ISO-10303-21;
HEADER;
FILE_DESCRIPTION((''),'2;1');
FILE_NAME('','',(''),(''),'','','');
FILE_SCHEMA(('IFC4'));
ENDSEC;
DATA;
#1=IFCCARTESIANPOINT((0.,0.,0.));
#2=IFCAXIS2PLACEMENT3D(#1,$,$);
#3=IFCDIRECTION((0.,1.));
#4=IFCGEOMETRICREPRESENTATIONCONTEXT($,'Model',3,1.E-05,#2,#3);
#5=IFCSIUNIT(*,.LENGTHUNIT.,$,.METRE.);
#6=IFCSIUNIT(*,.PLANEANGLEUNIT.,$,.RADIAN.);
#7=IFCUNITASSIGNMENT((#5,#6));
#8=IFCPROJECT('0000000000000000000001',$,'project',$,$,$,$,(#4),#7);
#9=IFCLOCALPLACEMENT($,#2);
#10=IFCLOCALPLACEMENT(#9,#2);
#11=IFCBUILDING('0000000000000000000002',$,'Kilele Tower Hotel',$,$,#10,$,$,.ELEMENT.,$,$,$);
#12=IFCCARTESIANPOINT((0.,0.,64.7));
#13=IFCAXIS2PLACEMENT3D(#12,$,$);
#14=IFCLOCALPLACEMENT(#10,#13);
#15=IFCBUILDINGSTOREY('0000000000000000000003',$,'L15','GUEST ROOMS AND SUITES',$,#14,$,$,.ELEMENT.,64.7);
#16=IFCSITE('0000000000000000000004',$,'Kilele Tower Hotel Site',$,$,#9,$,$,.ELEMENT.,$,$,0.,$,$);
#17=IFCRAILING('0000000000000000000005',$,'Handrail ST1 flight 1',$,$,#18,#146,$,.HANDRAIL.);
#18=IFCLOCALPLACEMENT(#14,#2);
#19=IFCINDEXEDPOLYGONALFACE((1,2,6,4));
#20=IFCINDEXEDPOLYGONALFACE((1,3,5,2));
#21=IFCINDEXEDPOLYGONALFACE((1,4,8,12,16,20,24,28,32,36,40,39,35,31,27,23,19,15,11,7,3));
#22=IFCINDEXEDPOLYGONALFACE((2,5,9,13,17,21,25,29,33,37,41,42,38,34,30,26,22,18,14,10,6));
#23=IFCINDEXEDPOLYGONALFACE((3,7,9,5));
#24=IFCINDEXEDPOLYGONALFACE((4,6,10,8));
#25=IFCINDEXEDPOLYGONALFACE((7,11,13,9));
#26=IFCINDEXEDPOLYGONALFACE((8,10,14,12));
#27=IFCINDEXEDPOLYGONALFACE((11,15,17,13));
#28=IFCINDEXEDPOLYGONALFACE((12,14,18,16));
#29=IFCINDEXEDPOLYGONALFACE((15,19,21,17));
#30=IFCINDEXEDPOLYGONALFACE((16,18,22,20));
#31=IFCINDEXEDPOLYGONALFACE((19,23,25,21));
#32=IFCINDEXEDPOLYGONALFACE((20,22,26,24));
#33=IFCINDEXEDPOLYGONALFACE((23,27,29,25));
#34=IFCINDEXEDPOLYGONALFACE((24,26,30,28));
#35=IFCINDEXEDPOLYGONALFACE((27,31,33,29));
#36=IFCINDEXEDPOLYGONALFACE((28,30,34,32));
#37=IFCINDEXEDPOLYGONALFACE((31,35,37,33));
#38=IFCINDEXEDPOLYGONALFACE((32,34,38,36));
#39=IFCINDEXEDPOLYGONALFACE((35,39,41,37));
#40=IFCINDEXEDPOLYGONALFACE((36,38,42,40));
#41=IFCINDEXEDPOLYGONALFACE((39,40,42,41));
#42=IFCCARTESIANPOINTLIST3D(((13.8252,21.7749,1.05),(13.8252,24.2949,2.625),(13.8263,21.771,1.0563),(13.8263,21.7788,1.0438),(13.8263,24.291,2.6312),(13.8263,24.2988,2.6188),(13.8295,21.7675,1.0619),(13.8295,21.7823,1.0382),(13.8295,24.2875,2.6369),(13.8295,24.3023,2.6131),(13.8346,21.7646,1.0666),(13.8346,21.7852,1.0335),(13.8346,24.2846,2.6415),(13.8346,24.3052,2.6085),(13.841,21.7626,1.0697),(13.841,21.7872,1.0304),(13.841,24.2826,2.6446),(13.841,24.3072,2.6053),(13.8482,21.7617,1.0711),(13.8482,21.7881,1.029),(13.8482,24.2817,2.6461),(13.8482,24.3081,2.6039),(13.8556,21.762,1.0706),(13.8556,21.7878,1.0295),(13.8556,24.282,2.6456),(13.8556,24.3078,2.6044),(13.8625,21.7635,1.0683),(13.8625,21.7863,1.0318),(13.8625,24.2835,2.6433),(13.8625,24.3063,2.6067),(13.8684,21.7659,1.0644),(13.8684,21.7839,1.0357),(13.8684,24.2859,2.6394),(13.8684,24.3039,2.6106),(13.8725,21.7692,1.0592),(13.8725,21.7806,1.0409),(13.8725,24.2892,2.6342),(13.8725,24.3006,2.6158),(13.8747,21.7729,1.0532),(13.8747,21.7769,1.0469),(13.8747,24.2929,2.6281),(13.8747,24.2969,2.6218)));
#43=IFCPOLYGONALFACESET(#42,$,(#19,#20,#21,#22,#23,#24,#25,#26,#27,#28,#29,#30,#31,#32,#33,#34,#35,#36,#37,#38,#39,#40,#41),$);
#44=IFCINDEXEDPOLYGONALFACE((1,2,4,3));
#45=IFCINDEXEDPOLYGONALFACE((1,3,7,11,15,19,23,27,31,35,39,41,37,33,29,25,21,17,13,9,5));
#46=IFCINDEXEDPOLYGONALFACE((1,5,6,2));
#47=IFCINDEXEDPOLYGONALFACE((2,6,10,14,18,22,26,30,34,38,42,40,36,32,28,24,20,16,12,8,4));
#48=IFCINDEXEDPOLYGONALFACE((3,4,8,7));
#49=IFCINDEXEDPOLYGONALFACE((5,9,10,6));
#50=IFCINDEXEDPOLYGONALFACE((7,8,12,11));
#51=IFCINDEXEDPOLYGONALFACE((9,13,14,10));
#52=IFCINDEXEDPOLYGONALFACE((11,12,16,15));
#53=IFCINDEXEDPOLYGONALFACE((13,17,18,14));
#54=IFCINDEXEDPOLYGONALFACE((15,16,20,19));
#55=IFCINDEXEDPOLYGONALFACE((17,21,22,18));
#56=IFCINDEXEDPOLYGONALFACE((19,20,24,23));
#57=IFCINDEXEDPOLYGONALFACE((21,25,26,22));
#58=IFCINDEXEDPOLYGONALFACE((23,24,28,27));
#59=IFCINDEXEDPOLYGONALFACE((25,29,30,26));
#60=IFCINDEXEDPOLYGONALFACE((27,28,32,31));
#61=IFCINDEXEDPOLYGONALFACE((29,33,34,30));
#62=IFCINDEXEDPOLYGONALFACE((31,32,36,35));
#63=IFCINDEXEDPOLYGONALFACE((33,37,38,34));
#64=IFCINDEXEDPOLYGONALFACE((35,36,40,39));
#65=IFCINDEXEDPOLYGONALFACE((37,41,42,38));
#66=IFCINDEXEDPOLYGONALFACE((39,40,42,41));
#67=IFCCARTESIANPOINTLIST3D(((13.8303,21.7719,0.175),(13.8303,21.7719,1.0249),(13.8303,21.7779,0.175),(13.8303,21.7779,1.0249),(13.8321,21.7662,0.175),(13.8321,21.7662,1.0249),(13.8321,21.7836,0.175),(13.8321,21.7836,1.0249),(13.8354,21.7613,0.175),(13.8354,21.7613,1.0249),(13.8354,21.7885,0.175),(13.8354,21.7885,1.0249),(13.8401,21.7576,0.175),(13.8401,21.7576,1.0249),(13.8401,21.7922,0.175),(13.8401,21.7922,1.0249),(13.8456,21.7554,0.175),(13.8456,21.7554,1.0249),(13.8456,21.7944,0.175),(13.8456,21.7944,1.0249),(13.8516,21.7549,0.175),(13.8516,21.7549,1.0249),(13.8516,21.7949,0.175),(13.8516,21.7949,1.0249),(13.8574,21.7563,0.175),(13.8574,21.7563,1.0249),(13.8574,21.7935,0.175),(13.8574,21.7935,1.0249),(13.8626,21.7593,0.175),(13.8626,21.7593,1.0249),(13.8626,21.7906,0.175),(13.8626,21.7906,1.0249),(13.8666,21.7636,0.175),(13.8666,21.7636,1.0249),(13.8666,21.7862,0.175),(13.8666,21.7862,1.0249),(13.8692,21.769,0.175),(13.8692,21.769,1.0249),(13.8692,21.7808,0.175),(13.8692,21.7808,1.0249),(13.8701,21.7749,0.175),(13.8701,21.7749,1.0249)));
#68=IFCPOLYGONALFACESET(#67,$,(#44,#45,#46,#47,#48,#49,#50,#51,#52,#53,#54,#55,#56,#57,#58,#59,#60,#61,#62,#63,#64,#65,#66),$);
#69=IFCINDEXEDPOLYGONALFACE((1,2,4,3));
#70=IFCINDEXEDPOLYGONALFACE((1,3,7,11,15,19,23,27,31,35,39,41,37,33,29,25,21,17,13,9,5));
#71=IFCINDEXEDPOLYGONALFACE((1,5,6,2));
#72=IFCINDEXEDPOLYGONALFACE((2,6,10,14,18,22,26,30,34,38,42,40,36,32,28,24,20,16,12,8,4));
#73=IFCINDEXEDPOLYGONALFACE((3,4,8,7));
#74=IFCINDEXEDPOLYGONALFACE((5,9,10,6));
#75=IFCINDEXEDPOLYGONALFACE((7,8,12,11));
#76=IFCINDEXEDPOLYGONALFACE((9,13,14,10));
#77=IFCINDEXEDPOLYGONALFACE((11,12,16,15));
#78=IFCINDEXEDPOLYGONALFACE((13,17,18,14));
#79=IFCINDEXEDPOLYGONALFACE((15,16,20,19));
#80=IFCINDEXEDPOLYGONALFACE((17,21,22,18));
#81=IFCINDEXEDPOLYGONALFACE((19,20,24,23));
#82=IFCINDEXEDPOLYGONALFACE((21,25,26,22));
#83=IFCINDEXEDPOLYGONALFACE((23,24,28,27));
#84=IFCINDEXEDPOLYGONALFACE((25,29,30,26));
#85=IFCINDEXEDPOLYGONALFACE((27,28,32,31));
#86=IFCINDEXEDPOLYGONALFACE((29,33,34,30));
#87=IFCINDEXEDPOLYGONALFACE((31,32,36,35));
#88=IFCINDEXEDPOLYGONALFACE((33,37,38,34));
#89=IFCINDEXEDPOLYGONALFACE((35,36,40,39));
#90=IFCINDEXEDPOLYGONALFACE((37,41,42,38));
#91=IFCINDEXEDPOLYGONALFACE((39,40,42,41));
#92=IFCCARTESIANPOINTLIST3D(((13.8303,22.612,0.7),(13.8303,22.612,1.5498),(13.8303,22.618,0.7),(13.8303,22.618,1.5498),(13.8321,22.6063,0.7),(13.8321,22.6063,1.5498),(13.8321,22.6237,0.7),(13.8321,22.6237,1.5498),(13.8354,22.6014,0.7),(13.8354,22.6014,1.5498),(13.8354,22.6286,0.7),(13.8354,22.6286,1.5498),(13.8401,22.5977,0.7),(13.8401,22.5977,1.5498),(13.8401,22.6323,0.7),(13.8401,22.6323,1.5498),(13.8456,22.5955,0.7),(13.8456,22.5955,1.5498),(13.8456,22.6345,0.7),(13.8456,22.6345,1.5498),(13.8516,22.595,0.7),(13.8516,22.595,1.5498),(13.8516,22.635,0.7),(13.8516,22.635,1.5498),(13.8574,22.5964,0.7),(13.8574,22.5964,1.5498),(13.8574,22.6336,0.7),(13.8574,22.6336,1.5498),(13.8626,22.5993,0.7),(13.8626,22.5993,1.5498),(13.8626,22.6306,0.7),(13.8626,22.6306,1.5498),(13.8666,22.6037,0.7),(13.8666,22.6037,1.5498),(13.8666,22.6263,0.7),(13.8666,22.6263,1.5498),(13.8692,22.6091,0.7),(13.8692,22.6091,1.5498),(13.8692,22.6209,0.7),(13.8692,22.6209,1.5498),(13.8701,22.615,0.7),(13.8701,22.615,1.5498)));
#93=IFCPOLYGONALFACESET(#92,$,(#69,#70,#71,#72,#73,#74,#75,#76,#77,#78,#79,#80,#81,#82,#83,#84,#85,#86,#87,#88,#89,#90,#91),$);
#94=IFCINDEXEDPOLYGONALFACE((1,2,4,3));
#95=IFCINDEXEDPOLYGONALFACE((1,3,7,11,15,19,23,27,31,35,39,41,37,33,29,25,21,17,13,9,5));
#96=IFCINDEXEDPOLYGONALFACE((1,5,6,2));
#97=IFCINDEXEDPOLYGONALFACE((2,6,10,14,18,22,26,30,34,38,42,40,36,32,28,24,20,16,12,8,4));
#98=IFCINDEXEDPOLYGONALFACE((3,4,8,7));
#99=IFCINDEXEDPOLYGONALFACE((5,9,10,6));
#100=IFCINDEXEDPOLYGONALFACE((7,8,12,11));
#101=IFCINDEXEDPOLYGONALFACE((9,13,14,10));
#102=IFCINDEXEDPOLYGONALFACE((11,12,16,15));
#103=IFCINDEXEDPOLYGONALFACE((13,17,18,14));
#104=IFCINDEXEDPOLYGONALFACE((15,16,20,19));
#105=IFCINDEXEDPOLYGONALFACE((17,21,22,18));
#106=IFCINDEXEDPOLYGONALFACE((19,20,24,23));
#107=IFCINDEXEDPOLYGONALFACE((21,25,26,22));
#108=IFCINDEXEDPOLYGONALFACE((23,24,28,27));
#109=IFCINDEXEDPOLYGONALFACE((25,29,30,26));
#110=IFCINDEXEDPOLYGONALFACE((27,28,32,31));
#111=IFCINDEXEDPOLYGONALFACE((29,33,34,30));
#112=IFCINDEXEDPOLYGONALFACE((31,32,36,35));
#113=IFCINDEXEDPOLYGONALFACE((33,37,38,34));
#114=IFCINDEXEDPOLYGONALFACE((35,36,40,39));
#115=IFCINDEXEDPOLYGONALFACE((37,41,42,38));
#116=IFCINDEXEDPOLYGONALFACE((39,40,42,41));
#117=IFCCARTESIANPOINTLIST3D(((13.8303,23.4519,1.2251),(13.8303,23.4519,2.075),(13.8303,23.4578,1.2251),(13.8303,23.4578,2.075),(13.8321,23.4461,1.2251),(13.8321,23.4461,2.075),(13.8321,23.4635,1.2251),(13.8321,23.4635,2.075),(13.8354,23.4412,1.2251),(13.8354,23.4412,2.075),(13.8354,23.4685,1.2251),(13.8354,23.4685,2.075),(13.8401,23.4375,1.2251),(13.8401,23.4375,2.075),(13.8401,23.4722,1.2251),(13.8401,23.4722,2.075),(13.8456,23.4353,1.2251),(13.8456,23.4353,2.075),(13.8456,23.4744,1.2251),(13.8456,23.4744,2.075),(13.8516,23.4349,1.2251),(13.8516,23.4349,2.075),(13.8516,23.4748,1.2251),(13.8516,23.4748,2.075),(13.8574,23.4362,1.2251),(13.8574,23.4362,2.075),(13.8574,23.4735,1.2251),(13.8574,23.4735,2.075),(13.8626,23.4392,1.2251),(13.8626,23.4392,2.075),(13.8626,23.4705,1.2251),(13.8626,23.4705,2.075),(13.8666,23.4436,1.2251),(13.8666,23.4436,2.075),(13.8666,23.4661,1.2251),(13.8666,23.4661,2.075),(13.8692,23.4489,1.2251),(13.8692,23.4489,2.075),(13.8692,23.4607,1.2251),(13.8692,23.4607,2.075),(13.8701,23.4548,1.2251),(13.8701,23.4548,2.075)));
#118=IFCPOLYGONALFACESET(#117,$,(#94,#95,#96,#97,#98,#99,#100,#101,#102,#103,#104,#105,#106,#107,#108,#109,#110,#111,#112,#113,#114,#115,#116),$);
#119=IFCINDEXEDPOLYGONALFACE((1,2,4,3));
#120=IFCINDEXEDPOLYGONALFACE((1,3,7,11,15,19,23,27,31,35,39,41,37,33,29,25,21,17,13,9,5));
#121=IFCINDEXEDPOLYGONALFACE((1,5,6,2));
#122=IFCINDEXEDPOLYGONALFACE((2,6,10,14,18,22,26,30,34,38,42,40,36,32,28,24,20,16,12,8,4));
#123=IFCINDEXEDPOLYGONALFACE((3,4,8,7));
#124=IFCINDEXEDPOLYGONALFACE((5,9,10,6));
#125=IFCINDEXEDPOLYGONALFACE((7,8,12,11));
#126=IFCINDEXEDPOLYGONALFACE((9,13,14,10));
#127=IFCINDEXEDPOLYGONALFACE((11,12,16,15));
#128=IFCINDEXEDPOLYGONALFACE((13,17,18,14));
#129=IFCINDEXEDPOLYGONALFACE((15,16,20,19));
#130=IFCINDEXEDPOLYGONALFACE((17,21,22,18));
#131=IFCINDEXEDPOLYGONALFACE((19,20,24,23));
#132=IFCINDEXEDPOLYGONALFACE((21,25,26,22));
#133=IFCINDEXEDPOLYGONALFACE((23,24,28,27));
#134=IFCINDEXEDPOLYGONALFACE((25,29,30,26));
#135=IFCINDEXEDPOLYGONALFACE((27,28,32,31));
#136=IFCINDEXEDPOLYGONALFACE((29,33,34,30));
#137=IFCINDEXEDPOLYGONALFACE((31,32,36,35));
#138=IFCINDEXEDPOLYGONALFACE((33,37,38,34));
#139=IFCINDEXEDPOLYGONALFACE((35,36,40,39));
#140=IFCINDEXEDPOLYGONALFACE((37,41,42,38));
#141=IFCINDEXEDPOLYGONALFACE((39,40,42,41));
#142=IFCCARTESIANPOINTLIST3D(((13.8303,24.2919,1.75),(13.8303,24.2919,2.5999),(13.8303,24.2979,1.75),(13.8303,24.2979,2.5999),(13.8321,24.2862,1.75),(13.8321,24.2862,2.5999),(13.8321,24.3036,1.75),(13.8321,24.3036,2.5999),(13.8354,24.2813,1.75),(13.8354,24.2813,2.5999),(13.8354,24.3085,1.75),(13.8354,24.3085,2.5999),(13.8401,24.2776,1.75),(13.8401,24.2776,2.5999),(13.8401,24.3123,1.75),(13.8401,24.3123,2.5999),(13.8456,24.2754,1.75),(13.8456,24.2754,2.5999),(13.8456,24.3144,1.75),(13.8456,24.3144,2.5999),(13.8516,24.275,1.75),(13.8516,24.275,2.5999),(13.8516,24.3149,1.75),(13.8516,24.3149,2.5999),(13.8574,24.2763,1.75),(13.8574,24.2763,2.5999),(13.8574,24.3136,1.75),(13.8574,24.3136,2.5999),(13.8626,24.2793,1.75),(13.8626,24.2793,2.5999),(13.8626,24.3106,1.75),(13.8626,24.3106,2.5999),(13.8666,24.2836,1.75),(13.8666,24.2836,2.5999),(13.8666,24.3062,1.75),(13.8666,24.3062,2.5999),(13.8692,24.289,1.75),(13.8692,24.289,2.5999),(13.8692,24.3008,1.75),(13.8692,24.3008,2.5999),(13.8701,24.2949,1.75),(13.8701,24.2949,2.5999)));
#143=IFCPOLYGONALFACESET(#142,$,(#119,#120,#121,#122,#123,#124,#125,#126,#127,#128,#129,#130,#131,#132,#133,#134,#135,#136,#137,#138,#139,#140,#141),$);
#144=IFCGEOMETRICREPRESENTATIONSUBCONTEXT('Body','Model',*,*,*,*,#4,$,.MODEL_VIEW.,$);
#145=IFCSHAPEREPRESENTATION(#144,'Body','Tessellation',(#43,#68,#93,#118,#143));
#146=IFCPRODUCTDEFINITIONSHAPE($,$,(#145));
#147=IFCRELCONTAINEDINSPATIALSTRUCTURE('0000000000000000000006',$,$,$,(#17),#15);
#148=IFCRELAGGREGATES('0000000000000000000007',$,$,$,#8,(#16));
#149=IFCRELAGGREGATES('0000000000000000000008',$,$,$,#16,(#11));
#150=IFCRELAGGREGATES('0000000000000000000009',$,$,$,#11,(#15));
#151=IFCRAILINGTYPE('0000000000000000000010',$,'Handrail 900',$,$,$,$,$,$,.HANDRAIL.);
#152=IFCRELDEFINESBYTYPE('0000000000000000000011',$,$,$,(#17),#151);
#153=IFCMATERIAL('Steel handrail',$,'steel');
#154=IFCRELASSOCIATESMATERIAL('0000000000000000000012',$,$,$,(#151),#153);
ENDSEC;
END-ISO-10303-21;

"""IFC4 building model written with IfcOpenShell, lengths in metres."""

from ifc_helpers import new_model, si_unit, direction, frame, origin, origin_2d, place, context, subcontext, project, spatial, circle, extrude, material, type_object, element, save


model = new_model("IFC4")

# Units and contexts
model_context = context("Model", 3, precision=1e-05, world=origin(), true_north=direction((0.0, 1.0)))
body_context = subcontext(model_context, "Body", "Model", "MODEL_VIEW")
ifc_project = project(units=[si_unit("LENGTHUNIT", "METRE"), si_unit("PLANEANGLEUNIT", "RADIAN")], contexts=[model_context])

# Site, building, storey
site_placement = place(None, origin())
site = spatial("IfcSite", under=ifc_project, at=site_placement, Name="Kilele Tower Hotel Site", CompositionType="ELEMENT", RefElevation=0.0)
building_placement = place(site_placement, origin())
building = spatial("IfcBuilding", under=site, at=building_placement, Name="Kilele Tower Hotel", CompositionType="ELEMENT")
storey_placement = place(building_placement, frame((0.0, 0.0, 64.7)))
storey = spatial("IfcBuildingStorey", under=building, at=storey_placement, Name="L15", Description="GUEST ROOMS AND SUITES", CompositionType="ELEMENT", Elevation=64.7)

# Railing
ifc_material_1 = material(Name="Steel handrail", Category="steel")
railing_type_1 = type_object("IfcRailingType", Name="Handrail 900", PredefinedType="HANDRAIL", material=ifc_material_1)
for number, where, name in (
    (1, (13.8501, 21.7749, 0.175), "Handrail ST1 flight 1"),
):
    element("IfcRailing", number, at=place(storey_placement, frame(where)), inside=storey, type_object=railing_type_1, Name=name, PredefinedType="HANDRAIL", context=body_context, shape_type="SweptSolid", body=[
        extrude(circle(Radius=0.0249, at=origin_2d()), frame((0.0, 0.0, 0.875), z_axis=(0.0, 0.848008, 0.529984), x_axis=(-1.0, 0.0, 0.0)), (0.0, 0.0, 1.0), 2.9717),
        extrude(circle(Radius=0.02, at=origin_2d()), origin(), (0.0, 0.0, 1.0), 0.8499),
        extrude(circle(Radius=0.02, at=origin_2d()), frame((0.0, 0.8401, 0.5249)), (0.0, 0.0, 1.0), 0.8499),
        extrude(circle(Radius=0.02, at=origin_2d()), frame((0.0, 1.6799, 1.05)), (0.0, 0.0, 1.0), 0.8499),
        extrude(circle(Radius=0.02, at=origin_2d()), frame((0.0, 2.52, 1.575)), (0.0, 0.0, 1.0), 0.8499),
    ])

save(model, "model.ifc")
